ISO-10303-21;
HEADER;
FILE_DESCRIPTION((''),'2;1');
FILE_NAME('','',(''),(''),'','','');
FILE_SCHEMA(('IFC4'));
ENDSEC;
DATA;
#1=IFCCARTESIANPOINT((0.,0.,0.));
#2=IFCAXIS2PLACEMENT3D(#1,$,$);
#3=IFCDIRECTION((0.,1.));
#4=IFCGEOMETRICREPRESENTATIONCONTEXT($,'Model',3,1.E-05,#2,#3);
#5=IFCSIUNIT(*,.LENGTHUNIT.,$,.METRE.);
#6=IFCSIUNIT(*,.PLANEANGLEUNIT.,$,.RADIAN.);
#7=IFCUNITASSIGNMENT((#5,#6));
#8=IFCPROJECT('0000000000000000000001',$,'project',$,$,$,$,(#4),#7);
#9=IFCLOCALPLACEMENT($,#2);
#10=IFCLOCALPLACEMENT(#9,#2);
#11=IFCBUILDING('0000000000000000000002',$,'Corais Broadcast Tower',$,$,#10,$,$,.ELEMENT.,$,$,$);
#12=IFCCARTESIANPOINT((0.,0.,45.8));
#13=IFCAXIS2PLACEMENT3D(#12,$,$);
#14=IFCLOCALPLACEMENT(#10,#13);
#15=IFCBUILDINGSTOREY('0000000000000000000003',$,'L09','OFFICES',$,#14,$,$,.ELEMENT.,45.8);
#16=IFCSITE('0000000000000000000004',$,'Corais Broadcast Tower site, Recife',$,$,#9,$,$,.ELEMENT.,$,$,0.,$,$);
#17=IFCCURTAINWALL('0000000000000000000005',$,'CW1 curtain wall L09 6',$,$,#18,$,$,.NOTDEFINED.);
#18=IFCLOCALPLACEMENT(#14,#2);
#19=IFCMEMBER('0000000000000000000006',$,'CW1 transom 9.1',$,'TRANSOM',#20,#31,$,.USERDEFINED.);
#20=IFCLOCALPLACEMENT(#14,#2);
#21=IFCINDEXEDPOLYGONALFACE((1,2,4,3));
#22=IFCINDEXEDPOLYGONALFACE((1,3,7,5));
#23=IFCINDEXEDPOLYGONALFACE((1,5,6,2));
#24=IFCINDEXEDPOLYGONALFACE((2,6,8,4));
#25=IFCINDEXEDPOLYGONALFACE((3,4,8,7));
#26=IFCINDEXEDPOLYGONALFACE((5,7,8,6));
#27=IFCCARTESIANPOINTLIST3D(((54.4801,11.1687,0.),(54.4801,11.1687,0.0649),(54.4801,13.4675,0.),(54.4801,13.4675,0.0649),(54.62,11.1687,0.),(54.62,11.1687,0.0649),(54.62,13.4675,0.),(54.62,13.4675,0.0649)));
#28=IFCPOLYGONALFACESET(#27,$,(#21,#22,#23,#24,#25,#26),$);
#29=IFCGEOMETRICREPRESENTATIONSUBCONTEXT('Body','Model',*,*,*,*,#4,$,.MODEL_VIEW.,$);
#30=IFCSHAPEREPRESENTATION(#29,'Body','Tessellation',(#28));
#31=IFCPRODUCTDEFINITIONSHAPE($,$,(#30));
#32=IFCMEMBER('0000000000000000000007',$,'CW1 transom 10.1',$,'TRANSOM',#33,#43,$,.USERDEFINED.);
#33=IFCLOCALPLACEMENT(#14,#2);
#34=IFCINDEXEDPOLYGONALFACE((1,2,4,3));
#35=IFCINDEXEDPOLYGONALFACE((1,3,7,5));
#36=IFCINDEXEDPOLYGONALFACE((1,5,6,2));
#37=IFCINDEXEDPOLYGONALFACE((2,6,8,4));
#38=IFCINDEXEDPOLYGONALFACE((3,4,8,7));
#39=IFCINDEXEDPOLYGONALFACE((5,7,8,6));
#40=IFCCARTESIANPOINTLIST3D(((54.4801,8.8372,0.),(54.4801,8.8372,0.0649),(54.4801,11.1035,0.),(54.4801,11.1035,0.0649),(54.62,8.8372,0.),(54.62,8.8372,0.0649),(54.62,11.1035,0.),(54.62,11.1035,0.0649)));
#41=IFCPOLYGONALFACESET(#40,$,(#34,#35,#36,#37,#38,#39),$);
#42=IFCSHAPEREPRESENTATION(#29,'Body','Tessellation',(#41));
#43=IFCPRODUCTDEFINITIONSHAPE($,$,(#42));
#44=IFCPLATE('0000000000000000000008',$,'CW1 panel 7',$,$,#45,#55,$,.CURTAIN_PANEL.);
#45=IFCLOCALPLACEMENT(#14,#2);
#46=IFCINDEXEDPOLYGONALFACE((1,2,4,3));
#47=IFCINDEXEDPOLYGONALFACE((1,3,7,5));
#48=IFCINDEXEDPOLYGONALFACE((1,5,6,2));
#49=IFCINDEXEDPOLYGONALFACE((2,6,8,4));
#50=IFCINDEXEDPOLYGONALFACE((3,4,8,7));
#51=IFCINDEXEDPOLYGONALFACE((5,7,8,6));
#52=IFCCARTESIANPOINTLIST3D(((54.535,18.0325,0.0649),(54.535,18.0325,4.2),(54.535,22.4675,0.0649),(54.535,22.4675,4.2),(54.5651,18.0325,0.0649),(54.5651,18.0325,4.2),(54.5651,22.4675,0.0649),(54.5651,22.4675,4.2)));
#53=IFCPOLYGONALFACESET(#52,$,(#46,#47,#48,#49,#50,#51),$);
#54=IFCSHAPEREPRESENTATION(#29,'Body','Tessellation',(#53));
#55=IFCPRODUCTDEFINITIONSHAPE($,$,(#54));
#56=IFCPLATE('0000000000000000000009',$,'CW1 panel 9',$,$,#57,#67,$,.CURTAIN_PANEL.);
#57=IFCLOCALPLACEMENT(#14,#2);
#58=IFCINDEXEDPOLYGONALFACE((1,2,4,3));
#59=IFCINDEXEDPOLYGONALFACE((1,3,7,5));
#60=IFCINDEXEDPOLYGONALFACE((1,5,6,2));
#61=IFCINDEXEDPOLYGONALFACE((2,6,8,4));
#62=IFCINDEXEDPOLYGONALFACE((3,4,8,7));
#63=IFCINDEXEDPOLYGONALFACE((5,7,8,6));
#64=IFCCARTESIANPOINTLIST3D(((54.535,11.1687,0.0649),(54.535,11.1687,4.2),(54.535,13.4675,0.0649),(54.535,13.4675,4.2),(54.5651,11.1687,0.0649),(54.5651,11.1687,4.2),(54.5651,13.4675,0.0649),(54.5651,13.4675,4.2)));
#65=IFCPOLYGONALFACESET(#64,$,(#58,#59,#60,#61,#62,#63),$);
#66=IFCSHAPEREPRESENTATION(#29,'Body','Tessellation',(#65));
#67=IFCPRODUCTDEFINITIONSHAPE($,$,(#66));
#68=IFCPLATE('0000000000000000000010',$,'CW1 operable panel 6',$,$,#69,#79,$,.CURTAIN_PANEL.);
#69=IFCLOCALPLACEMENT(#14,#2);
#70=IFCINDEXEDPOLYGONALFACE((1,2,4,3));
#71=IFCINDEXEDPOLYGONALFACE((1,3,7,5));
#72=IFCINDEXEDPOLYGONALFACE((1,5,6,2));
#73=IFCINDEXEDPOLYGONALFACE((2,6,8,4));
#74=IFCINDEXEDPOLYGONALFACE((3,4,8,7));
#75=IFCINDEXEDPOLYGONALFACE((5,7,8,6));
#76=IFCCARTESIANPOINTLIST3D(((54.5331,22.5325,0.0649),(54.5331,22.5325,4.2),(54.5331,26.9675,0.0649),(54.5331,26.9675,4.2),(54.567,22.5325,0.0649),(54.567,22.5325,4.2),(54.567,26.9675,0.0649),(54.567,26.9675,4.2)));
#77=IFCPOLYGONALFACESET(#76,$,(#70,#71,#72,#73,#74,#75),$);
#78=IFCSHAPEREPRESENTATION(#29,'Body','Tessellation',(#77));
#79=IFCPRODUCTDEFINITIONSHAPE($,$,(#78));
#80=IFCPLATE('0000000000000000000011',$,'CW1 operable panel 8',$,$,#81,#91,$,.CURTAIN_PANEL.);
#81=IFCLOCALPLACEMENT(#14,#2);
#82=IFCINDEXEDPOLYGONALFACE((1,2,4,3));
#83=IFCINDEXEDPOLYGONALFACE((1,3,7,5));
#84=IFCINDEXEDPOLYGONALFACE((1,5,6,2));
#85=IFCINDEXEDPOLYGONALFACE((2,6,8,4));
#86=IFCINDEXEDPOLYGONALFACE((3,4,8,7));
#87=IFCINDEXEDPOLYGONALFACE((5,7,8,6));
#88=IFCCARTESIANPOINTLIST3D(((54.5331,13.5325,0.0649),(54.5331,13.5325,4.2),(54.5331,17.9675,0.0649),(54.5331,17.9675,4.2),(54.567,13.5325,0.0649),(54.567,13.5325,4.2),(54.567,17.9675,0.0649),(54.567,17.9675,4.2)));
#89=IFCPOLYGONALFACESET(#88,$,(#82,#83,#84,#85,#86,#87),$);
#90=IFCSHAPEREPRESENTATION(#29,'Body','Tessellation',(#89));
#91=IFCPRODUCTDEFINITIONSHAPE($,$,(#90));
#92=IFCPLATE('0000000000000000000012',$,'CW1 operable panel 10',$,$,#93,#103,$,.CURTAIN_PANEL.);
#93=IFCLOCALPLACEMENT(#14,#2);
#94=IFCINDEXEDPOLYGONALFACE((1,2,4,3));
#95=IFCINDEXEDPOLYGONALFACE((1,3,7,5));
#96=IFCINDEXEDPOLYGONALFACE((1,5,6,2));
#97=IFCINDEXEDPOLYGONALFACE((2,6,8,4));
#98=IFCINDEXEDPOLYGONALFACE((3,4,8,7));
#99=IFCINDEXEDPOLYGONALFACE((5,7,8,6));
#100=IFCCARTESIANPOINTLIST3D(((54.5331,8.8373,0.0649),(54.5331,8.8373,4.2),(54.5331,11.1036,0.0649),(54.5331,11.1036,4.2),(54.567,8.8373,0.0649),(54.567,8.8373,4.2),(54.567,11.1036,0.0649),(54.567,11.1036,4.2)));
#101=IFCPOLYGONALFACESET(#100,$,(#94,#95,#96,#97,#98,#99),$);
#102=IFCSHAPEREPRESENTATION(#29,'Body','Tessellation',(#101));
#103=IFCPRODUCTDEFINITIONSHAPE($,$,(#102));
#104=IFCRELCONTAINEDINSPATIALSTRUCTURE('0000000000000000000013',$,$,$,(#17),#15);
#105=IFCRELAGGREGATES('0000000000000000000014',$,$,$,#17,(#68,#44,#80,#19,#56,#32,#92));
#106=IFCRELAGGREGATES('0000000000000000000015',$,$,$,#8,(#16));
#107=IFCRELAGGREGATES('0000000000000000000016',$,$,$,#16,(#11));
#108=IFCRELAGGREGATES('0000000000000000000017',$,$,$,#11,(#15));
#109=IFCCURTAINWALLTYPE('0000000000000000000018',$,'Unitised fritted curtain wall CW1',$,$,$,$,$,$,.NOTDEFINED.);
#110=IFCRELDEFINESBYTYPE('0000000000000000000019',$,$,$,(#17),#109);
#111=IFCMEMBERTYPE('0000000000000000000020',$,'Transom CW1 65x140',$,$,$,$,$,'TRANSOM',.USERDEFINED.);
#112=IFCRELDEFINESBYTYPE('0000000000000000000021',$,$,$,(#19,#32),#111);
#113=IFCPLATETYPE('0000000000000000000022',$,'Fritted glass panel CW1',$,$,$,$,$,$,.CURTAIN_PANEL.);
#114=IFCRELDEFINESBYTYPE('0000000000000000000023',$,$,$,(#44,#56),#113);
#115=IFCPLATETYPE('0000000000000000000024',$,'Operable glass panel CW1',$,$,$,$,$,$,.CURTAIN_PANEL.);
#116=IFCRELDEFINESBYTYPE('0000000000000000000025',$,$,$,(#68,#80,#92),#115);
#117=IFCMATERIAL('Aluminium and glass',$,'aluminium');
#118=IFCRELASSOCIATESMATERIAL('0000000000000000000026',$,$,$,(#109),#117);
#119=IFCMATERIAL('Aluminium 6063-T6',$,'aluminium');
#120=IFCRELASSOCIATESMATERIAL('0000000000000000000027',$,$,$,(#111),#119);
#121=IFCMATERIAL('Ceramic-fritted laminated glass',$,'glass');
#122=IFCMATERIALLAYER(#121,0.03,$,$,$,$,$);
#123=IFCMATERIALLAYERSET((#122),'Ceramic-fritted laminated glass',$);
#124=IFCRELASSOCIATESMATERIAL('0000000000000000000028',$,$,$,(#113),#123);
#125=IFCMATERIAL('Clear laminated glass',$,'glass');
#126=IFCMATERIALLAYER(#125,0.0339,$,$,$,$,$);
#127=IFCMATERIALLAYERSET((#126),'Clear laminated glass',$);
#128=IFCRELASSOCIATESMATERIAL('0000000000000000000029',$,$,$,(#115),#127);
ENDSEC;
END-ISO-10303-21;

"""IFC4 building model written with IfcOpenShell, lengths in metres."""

from ifc_helpers import new_model, si_unit, direction, frame, origin, origin_2d, place, context, subcontext, project, spatial, rectangle, extrude, material, layer, layer_set, material_profile, profile_set, type_object, element, aggregate, save


model = new_model("IFC4")

# Units and contexts
model_context = context("Model", 3, precision=1e-05, world=origin(), true_north=direction((0.0, 1.0)))
body_context = subcontext(model_context, "Body", "Model", "MODEL_VIEW")
ifc_project = project(units=[si_unit("LENGTHUNIT", "METRE"), si_unit("PLANEANGLEUNIT", "RADIAN")], contexts=[model_context])

# Site, building, storey
site_placement = place(None, origin())
site = spatial("IfcSite", under=ifc_project, at=site_placement, Name="Corais Broadcast Tower site, Recife", CompositionType="ELEMENT", RefElevation=0.0)
building_placement = place(site_placement, origin())
building = spatial("IfcBuilding", under=site, at=building_placement, Name="Corais Broadcast Tower", CompositionType="ELEMENT")
storey_placement = place(building_placement, frame((0.0, 0.0, 45.8)))
storey = spatial("IfcBuildingStorey", under=building, at=storey_placement, Name="L09", Description="OFFICES", CompositionType="ELEMENT", Elevation=45.8)

# Curtain wall
ifc_material_1 = material(Name="Aluminium and glass", Category="aluminium")
curtain_wall_type = type_object("IfcCurtainWallType", Name="Unitised fritted curtain wall CW1", PredefinedType="NOTDEFINED", material=ifc_material_1)
curtain_wall_placement = place(storey_placement, origin())
curtain_wall = element("IfcCurtainWall", 1, at=curtain_wall_placement, inside=storey, type_object=curtain_wall_type, Name="CW1 curtain wall L09 6", PredefinedType="NOTDEFINED")

# Members
ifc_material_2 = material(Name="Aluminium 6063-T6", Category="aluminium")
ifc_material_profile_1 = material_profile(ifc_material_2, rectangle(XDim=0.1399, YDim=0.0649, at=origin_2d()), Name="Transom CW1 65x140")
ifc_profile_set_1 = profile_set([ifc_material_profile_1], Name="Aluminium 6063-T6")
member_type_1 = type_object("IfcMemberType", Name="Transom CW1 65x140", ElementType="TRANSOM", PredefinedType="USERDEFINED", material=ifc_profile_set_1)
member_1_placement = place(storey_placement, frame((54.55, 13.4675, 0.0325), z_axis=(0.0, -1.0, 0.0), x_axis=(1.0, 0.0, 0.0)))
member_1 = element("IfcMember", 2, at=member_1_placement, type_object=member_type_1, Name="CW1 transom 9.1", ObjectType="TRANSOM", PredefinedType="USERDEFINED", context=body_context, shape_type="SweptSolid", body=[
    extrude(rectangle(XDim=0.1399, YDim=0.0649, at=origin_2d()), origin(), (0.0, 0.0, 1.0), 2.2988),
])
member_2_placement = place(storey_placement, frame((54.55, 11.1035, 0.0325), z_axis=(0.0, -1.0, 0.0), x_axis=(1.0, 0.0, 0.0)))
member_2 = element("IfcMember", 3, at=member_2_placement, type_object=member_type_1, Name="CW1 transom 10.1", ObjectType="TRANSOM", PredefinedType="USERDEFINED", context=body_context, shape_type="SweptSolid", body=[
    extrude(rectangle(XDim=0.1399, YDim=0.0649, at=origin_2d()), origin(), (0.0, 0.0, 1.0), 2.2664),
])

# Plates
ifc_material_3 = material(Name="Ceramic-fritted laminated glass", Category="glass")
ifc_layer_1 = layer(ifc_material_3, 0.03)
ifc_layer_set_1 = layer_set([ifc_layer_1], Name="Ceramic-fritted laminated glass")
plate_type_1 = type_object("IfcPlateType", Name="Fritted glass panel CW1", PredefinedType="CURTAIN_PANEL", material=ifc_layer_set_1)
plate_1_placement = place(storey_placement, frame((54.55, 20.25, 0.0649), z_axis=(0.0, 0.0, 1.0), x_axis=(0.0, -1.0, 0.0)))
plate_1 = element("IfcPlate", 4, at=plate_1_placement, type_object=plate_type_1, Name="CW1 panel 7", PredefinedType="CURTAIN_PANEL", context=body_context, shape_type="SweptSolid", body=[
    extrude(rectangle(XDim=4.4351, YDim=0.03, at=origin_2d()), origin(), (0.0, 0.0, 1.0), 4.135),
])
plate_2_placement = place(storey_placement, frame((54.55, 12.3181, 0.0649), z_axis=(0.0, 0.0, 1.0), x_axis=(0.0, -1.0, 0.0)))
plate_2 = element("IfcPlate", 5, at=plate_2_placement, type_object=plate_type_1, Name="CW1 panel 9", PredefinedType="CURTAIN_PANEL", context=body_context, shape_type="SweptSolid", body=[
    extrude(rectangle(XDim=2.2988, YDim=0.03, at=origin_2d()), origin(), (0.0, 0.0, 1.0), 4.135),
])
ifc_material_4 = material(Name="Clear laminated glass", Category="glass")
ifc_layer_2 = layer(ifc_material_4, 0.0339)
ifc_layer_set_2 = layer_set([ifc_layer_2], Name="Clear laminated glass")
plate_type_2 = type_object("IfcPlateType", Name="Operable glass panel CW1", PredefinedType="CURTAIN_PANEL", material=ifc_layer_set_2)
plate_3_placement = place(storey_placement, frame((54.55, 24.75, 0.0649), z_axis=(0.0, 0.0, 1.0), x_axis=(0.0, -1.0, 0.0)))
plate_3 = element("IfcPlate", 6, at=plate_3_placement, type_object=plate_type_2, Name="CW1 operable panel 6", PredefinedType="CURTAIN_PANEL", context=body_context, shape_type="SweptSolid", body=[
    extrude(rectangle(XDim=4.4351, YDim=0.0339, at=origin_2d()), origin(), (0.0, 0.0, 1.0), 4.135),
])
plate_4_placement = place(storey_placement, frame((54.55, 15.75, 0.0649), z_axis=(0.0, 0.0, 1.0), x_axis=(0.0, -1.0, 0.0)))
plate_4 = element("IfcPlate", 7, at=plate_4_placement, type_object=plate_type_2, Name="CW1 operable panel 8", PredefinedType="CURTAIN_PANEL", context=body_context, shape_type="SweptSolid", body=[
    extrude(rectangle(XDim=4.4351, YDim=0.0339, at=origin_2d()), origin(), (0.0, 0.0, 1.0), 4.135),
])
plate_5_placement = place(storey_placement, frame((54.55, 9.9705, 0.0649), z_axis=(0.0, 0.0, 1.0), x_axis=(0.0, -1.0, 0.0)))
plate_5 = element("IfcPlate", 8, at=plate_5_placement, type_object=plate_type_2, Name="CW1 operable panel 10", PredefinedType="CURTAIN_PANEL", context=body_context, shape_type="SweptSolid", body=[
    extrude(rectangle(XDim=2.2664, YDim=0.0339, at=origin_2d()), origin(), (0.0, 0.0, 1.0), 4.135),
])
aggregate(curtain_wall, [plate_3, plate_1, plate_4, member_1, plate_2, member_2, plate_5])

save(model, "model.ifc")
